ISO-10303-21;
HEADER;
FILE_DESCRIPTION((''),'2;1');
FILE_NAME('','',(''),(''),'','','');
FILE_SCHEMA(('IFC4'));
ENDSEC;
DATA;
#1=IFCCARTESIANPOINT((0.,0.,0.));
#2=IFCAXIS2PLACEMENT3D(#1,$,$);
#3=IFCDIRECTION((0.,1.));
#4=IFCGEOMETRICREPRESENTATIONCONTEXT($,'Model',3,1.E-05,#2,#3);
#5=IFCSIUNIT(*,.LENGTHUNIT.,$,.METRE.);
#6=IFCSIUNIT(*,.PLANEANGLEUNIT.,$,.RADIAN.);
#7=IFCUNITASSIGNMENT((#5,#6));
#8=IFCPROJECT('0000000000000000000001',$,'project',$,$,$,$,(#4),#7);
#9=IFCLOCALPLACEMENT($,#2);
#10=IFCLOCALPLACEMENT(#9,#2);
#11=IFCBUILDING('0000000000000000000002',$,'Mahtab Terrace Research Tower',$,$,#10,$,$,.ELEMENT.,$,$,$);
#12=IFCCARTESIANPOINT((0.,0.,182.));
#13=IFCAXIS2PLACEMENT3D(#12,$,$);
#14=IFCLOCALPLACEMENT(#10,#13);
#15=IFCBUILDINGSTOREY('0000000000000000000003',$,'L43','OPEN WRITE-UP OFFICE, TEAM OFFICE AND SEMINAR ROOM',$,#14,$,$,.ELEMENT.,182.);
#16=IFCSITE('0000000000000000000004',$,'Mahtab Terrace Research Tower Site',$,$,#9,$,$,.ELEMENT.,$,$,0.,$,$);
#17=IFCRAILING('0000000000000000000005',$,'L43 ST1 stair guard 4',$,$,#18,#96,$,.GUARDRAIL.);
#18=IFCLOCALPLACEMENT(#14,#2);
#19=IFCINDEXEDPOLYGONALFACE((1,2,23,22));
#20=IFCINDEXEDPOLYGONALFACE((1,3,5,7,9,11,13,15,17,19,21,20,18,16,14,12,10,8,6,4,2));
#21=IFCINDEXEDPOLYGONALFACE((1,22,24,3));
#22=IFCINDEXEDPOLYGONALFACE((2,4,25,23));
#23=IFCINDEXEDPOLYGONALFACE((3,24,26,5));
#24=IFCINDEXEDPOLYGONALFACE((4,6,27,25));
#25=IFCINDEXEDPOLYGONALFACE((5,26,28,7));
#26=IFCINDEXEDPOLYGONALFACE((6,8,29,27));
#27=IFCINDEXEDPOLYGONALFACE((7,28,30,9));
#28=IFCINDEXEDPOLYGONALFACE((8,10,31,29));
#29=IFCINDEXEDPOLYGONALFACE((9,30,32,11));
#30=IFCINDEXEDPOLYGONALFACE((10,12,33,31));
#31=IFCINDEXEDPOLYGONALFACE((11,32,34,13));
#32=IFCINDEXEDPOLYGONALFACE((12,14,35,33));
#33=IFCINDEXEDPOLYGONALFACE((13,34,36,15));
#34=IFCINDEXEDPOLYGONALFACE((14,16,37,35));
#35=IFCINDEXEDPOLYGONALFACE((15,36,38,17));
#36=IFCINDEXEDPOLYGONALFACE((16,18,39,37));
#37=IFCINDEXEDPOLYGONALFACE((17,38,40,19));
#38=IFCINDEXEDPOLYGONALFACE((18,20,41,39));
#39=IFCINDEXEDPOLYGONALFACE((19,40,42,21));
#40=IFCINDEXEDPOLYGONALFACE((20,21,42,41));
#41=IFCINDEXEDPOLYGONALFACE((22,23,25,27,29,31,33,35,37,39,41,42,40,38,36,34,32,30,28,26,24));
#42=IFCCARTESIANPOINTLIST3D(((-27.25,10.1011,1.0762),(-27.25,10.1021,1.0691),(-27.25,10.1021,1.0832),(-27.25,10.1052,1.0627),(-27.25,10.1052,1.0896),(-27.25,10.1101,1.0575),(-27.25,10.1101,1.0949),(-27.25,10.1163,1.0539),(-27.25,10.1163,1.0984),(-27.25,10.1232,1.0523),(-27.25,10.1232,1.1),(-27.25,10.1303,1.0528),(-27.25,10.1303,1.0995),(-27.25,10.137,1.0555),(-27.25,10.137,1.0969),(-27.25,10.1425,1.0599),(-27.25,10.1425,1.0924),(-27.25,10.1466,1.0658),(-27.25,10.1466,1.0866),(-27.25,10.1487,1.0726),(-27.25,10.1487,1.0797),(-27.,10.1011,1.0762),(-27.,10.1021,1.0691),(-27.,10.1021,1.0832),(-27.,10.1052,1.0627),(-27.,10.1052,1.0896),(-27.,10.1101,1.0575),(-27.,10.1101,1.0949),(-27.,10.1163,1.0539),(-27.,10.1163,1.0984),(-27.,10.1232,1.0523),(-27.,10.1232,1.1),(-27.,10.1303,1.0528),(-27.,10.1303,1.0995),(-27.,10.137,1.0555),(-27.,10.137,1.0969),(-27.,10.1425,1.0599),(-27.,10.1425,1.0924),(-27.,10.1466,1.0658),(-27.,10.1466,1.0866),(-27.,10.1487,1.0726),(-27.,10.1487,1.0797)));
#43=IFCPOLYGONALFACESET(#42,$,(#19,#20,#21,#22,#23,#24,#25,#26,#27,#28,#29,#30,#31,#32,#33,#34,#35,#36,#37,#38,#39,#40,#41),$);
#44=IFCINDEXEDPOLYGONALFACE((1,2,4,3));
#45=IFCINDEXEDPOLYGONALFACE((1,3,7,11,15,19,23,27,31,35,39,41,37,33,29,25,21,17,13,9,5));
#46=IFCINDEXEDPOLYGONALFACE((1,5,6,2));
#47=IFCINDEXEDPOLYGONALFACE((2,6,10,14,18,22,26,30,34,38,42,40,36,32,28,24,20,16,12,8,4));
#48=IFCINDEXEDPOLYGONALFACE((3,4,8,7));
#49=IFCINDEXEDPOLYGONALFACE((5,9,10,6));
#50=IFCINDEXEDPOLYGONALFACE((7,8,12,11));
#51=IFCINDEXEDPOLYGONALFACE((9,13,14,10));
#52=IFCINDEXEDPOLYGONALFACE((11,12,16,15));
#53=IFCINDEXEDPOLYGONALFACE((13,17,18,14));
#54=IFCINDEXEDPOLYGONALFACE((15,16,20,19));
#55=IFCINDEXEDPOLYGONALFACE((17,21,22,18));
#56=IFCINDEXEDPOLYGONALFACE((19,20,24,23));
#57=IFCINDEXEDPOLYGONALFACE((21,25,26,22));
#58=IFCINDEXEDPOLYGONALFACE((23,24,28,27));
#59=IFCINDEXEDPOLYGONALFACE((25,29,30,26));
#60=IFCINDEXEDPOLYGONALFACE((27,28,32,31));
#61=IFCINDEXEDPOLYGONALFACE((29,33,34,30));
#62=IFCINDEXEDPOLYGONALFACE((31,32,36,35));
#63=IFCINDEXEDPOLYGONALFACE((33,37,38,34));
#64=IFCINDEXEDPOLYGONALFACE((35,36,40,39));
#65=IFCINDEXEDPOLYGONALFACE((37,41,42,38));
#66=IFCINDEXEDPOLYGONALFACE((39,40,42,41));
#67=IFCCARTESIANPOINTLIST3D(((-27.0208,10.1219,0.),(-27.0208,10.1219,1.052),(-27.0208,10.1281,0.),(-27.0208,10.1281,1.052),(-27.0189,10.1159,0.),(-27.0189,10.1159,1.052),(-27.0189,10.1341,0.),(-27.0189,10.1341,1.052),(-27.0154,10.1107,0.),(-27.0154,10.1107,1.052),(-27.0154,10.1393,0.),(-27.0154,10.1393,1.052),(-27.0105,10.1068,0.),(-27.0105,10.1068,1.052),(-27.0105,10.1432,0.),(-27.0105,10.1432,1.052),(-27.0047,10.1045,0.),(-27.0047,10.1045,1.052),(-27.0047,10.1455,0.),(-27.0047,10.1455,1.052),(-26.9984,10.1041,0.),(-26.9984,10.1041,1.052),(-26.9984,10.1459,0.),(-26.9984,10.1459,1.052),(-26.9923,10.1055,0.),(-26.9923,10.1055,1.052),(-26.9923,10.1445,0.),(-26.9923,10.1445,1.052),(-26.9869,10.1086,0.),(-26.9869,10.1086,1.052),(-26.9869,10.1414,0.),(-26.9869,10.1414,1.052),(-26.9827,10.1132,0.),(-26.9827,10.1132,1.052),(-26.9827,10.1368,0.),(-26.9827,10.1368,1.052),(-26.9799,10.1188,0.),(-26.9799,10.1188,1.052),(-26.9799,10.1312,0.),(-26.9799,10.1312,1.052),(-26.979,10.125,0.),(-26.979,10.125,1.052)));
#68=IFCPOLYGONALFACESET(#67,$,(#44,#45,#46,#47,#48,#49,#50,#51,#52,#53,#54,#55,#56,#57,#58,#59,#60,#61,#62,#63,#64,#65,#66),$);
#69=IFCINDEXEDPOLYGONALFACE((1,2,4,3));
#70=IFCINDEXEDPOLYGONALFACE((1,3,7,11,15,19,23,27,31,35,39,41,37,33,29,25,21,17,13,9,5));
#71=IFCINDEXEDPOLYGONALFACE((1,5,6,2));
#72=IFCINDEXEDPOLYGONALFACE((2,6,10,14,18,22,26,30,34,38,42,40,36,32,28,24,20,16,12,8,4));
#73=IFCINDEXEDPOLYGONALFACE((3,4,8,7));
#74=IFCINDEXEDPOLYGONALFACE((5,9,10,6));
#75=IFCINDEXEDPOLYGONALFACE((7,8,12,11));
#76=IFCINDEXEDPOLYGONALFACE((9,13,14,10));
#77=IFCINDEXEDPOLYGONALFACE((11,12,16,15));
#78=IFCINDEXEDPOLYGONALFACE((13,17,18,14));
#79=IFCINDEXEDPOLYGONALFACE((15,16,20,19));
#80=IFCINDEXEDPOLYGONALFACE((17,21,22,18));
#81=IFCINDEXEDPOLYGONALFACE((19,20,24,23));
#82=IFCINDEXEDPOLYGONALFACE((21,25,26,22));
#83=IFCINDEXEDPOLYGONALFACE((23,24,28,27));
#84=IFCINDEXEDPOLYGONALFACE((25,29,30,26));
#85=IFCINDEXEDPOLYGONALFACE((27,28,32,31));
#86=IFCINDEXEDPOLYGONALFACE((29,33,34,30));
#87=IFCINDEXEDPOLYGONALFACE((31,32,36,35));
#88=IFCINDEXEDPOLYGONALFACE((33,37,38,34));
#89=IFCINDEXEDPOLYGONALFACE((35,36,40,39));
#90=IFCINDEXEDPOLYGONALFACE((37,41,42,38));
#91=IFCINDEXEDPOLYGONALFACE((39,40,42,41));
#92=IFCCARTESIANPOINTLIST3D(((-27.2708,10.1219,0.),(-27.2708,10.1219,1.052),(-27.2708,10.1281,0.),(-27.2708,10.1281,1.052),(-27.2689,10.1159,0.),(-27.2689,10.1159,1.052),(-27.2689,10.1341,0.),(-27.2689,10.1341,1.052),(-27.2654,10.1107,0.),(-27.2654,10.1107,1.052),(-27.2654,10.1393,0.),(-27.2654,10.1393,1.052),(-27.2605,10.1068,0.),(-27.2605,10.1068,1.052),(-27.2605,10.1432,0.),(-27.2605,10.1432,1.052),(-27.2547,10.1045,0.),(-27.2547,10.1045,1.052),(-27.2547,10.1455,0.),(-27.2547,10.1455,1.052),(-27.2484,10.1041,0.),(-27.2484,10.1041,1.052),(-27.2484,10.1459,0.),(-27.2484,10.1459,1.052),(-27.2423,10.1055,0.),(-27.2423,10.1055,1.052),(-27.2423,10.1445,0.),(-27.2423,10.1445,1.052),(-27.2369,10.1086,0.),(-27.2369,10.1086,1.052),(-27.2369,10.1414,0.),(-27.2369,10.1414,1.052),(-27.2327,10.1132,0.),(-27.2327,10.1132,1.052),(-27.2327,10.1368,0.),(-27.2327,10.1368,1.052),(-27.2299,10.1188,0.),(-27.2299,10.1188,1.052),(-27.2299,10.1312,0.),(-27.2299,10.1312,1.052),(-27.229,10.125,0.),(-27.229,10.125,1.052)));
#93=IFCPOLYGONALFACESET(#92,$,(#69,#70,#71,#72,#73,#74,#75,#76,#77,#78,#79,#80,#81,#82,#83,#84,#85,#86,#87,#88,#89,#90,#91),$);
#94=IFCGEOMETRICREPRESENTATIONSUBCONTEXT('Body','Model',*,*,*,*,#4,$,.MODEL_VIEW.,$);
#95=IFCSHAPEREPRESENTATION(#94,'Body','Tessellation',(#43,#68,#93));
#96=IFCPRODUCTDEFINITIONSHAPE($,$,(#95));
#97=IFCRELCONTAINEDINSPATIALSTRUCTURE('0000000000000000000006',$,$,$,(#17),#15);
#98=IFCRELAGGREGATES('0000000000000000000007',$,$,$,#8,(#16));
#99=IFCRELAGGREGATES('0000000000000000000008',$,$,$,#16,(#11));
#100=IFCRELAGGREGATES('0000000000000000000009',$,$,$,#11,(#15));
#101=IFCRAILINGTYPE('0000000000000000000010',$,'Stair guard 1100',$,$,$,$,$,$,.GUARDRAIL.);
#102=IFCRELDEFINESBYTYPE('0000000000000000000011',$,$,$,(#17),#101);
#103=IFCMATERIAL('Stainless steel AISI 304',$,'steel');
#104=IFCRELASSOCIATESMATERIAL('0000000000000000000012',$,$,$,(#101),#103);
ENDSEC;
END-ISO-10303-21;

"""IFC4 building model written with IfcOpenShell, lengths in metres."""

from ifc_helpers import new_model, si_unit, direction, frame, origin, origin_2d, place, context, subcontext, project, spatial, circle, extrude, material, type_object, element, save


model = new_model("IFC4")

# Units and contexts
model_context = context("Model", 3, precision=1e-05, world=origin(), true_north=direction((0.0, 1.0)))
body_context = subcontext(model_context, "Body", "Model", "MODEL_VIEW")
ifc_project = project(units=[si_unit("LENGTHUNIT", "METRE"), si_unit("PLANEANGLEUNIT", "RADIAN")], contexts=[model_context])

# Site, building, storey
site_placement = place(None, origin())
site = spatial("IfcSite", under=ifc_project, at=site_placement, Name="Mahtab Terrace Research Tower Site", CompositionType="ELEMENT", RefElevation=0.0)
building_placement = place(site_placement, origin())
building = spatial("IfcBuilding", under=site, at=building_placement, Name="Mahtab Terrace Research Tower", CompositionType="ELEMENT")
storey_placement = place(building_placement, frame((0.0, 0.0, 182.0)))
storey = spatial("IfcBuildingStorey", under=building, at=storey_placement, Name="L43", Description="OPEN WRITE-UP OFFICE, TEAM OFFICE AND SEMINAR ROOM", CompositionType="ELEMENT", Elevation=182.0)

# Railing
ifc_material_1 = material(Name="Stainless steel AISI 304", Category="steel")
railing_type_1 = type_object("IfcRailingType", Name="Stair guard 1100", PredefinedType="GUARDRAIL", material=ifc_material_1)
railing_1_placement = place(storey_placement, frame((-27.0, 10.125, 0.0)))
element("IfcRailing", 1, at=railing_1_placement, inside=storey, type_object=railing_type_1, Name="L43 ST1 stair guard 4", PredefinedType="GUARDRAIL", context=body_context, shape_type="SweptSolid", body=[
    extrude(circle(Radius=0.0239, at=origin_2d()), frame((0.0, 0.0, 1.0762), z_axis=(-1.0, 0.0, 0.0), x_axis=(0.0, -1.0, 0.0)), (0.0, 0.0, 1.0), 0.25),
    extrude(circle(Radius=0.021, at=origin_2d()), origin(), (0.0, 0.0, 1.0), 1.052),
    extrude(circle(Radius=0.021, at=origin_2d()), frame((-0.25, 0.0, 0.0)), (0.0, 0.0, 1.0), 1.052),
])

save(model, "model.ifc")
